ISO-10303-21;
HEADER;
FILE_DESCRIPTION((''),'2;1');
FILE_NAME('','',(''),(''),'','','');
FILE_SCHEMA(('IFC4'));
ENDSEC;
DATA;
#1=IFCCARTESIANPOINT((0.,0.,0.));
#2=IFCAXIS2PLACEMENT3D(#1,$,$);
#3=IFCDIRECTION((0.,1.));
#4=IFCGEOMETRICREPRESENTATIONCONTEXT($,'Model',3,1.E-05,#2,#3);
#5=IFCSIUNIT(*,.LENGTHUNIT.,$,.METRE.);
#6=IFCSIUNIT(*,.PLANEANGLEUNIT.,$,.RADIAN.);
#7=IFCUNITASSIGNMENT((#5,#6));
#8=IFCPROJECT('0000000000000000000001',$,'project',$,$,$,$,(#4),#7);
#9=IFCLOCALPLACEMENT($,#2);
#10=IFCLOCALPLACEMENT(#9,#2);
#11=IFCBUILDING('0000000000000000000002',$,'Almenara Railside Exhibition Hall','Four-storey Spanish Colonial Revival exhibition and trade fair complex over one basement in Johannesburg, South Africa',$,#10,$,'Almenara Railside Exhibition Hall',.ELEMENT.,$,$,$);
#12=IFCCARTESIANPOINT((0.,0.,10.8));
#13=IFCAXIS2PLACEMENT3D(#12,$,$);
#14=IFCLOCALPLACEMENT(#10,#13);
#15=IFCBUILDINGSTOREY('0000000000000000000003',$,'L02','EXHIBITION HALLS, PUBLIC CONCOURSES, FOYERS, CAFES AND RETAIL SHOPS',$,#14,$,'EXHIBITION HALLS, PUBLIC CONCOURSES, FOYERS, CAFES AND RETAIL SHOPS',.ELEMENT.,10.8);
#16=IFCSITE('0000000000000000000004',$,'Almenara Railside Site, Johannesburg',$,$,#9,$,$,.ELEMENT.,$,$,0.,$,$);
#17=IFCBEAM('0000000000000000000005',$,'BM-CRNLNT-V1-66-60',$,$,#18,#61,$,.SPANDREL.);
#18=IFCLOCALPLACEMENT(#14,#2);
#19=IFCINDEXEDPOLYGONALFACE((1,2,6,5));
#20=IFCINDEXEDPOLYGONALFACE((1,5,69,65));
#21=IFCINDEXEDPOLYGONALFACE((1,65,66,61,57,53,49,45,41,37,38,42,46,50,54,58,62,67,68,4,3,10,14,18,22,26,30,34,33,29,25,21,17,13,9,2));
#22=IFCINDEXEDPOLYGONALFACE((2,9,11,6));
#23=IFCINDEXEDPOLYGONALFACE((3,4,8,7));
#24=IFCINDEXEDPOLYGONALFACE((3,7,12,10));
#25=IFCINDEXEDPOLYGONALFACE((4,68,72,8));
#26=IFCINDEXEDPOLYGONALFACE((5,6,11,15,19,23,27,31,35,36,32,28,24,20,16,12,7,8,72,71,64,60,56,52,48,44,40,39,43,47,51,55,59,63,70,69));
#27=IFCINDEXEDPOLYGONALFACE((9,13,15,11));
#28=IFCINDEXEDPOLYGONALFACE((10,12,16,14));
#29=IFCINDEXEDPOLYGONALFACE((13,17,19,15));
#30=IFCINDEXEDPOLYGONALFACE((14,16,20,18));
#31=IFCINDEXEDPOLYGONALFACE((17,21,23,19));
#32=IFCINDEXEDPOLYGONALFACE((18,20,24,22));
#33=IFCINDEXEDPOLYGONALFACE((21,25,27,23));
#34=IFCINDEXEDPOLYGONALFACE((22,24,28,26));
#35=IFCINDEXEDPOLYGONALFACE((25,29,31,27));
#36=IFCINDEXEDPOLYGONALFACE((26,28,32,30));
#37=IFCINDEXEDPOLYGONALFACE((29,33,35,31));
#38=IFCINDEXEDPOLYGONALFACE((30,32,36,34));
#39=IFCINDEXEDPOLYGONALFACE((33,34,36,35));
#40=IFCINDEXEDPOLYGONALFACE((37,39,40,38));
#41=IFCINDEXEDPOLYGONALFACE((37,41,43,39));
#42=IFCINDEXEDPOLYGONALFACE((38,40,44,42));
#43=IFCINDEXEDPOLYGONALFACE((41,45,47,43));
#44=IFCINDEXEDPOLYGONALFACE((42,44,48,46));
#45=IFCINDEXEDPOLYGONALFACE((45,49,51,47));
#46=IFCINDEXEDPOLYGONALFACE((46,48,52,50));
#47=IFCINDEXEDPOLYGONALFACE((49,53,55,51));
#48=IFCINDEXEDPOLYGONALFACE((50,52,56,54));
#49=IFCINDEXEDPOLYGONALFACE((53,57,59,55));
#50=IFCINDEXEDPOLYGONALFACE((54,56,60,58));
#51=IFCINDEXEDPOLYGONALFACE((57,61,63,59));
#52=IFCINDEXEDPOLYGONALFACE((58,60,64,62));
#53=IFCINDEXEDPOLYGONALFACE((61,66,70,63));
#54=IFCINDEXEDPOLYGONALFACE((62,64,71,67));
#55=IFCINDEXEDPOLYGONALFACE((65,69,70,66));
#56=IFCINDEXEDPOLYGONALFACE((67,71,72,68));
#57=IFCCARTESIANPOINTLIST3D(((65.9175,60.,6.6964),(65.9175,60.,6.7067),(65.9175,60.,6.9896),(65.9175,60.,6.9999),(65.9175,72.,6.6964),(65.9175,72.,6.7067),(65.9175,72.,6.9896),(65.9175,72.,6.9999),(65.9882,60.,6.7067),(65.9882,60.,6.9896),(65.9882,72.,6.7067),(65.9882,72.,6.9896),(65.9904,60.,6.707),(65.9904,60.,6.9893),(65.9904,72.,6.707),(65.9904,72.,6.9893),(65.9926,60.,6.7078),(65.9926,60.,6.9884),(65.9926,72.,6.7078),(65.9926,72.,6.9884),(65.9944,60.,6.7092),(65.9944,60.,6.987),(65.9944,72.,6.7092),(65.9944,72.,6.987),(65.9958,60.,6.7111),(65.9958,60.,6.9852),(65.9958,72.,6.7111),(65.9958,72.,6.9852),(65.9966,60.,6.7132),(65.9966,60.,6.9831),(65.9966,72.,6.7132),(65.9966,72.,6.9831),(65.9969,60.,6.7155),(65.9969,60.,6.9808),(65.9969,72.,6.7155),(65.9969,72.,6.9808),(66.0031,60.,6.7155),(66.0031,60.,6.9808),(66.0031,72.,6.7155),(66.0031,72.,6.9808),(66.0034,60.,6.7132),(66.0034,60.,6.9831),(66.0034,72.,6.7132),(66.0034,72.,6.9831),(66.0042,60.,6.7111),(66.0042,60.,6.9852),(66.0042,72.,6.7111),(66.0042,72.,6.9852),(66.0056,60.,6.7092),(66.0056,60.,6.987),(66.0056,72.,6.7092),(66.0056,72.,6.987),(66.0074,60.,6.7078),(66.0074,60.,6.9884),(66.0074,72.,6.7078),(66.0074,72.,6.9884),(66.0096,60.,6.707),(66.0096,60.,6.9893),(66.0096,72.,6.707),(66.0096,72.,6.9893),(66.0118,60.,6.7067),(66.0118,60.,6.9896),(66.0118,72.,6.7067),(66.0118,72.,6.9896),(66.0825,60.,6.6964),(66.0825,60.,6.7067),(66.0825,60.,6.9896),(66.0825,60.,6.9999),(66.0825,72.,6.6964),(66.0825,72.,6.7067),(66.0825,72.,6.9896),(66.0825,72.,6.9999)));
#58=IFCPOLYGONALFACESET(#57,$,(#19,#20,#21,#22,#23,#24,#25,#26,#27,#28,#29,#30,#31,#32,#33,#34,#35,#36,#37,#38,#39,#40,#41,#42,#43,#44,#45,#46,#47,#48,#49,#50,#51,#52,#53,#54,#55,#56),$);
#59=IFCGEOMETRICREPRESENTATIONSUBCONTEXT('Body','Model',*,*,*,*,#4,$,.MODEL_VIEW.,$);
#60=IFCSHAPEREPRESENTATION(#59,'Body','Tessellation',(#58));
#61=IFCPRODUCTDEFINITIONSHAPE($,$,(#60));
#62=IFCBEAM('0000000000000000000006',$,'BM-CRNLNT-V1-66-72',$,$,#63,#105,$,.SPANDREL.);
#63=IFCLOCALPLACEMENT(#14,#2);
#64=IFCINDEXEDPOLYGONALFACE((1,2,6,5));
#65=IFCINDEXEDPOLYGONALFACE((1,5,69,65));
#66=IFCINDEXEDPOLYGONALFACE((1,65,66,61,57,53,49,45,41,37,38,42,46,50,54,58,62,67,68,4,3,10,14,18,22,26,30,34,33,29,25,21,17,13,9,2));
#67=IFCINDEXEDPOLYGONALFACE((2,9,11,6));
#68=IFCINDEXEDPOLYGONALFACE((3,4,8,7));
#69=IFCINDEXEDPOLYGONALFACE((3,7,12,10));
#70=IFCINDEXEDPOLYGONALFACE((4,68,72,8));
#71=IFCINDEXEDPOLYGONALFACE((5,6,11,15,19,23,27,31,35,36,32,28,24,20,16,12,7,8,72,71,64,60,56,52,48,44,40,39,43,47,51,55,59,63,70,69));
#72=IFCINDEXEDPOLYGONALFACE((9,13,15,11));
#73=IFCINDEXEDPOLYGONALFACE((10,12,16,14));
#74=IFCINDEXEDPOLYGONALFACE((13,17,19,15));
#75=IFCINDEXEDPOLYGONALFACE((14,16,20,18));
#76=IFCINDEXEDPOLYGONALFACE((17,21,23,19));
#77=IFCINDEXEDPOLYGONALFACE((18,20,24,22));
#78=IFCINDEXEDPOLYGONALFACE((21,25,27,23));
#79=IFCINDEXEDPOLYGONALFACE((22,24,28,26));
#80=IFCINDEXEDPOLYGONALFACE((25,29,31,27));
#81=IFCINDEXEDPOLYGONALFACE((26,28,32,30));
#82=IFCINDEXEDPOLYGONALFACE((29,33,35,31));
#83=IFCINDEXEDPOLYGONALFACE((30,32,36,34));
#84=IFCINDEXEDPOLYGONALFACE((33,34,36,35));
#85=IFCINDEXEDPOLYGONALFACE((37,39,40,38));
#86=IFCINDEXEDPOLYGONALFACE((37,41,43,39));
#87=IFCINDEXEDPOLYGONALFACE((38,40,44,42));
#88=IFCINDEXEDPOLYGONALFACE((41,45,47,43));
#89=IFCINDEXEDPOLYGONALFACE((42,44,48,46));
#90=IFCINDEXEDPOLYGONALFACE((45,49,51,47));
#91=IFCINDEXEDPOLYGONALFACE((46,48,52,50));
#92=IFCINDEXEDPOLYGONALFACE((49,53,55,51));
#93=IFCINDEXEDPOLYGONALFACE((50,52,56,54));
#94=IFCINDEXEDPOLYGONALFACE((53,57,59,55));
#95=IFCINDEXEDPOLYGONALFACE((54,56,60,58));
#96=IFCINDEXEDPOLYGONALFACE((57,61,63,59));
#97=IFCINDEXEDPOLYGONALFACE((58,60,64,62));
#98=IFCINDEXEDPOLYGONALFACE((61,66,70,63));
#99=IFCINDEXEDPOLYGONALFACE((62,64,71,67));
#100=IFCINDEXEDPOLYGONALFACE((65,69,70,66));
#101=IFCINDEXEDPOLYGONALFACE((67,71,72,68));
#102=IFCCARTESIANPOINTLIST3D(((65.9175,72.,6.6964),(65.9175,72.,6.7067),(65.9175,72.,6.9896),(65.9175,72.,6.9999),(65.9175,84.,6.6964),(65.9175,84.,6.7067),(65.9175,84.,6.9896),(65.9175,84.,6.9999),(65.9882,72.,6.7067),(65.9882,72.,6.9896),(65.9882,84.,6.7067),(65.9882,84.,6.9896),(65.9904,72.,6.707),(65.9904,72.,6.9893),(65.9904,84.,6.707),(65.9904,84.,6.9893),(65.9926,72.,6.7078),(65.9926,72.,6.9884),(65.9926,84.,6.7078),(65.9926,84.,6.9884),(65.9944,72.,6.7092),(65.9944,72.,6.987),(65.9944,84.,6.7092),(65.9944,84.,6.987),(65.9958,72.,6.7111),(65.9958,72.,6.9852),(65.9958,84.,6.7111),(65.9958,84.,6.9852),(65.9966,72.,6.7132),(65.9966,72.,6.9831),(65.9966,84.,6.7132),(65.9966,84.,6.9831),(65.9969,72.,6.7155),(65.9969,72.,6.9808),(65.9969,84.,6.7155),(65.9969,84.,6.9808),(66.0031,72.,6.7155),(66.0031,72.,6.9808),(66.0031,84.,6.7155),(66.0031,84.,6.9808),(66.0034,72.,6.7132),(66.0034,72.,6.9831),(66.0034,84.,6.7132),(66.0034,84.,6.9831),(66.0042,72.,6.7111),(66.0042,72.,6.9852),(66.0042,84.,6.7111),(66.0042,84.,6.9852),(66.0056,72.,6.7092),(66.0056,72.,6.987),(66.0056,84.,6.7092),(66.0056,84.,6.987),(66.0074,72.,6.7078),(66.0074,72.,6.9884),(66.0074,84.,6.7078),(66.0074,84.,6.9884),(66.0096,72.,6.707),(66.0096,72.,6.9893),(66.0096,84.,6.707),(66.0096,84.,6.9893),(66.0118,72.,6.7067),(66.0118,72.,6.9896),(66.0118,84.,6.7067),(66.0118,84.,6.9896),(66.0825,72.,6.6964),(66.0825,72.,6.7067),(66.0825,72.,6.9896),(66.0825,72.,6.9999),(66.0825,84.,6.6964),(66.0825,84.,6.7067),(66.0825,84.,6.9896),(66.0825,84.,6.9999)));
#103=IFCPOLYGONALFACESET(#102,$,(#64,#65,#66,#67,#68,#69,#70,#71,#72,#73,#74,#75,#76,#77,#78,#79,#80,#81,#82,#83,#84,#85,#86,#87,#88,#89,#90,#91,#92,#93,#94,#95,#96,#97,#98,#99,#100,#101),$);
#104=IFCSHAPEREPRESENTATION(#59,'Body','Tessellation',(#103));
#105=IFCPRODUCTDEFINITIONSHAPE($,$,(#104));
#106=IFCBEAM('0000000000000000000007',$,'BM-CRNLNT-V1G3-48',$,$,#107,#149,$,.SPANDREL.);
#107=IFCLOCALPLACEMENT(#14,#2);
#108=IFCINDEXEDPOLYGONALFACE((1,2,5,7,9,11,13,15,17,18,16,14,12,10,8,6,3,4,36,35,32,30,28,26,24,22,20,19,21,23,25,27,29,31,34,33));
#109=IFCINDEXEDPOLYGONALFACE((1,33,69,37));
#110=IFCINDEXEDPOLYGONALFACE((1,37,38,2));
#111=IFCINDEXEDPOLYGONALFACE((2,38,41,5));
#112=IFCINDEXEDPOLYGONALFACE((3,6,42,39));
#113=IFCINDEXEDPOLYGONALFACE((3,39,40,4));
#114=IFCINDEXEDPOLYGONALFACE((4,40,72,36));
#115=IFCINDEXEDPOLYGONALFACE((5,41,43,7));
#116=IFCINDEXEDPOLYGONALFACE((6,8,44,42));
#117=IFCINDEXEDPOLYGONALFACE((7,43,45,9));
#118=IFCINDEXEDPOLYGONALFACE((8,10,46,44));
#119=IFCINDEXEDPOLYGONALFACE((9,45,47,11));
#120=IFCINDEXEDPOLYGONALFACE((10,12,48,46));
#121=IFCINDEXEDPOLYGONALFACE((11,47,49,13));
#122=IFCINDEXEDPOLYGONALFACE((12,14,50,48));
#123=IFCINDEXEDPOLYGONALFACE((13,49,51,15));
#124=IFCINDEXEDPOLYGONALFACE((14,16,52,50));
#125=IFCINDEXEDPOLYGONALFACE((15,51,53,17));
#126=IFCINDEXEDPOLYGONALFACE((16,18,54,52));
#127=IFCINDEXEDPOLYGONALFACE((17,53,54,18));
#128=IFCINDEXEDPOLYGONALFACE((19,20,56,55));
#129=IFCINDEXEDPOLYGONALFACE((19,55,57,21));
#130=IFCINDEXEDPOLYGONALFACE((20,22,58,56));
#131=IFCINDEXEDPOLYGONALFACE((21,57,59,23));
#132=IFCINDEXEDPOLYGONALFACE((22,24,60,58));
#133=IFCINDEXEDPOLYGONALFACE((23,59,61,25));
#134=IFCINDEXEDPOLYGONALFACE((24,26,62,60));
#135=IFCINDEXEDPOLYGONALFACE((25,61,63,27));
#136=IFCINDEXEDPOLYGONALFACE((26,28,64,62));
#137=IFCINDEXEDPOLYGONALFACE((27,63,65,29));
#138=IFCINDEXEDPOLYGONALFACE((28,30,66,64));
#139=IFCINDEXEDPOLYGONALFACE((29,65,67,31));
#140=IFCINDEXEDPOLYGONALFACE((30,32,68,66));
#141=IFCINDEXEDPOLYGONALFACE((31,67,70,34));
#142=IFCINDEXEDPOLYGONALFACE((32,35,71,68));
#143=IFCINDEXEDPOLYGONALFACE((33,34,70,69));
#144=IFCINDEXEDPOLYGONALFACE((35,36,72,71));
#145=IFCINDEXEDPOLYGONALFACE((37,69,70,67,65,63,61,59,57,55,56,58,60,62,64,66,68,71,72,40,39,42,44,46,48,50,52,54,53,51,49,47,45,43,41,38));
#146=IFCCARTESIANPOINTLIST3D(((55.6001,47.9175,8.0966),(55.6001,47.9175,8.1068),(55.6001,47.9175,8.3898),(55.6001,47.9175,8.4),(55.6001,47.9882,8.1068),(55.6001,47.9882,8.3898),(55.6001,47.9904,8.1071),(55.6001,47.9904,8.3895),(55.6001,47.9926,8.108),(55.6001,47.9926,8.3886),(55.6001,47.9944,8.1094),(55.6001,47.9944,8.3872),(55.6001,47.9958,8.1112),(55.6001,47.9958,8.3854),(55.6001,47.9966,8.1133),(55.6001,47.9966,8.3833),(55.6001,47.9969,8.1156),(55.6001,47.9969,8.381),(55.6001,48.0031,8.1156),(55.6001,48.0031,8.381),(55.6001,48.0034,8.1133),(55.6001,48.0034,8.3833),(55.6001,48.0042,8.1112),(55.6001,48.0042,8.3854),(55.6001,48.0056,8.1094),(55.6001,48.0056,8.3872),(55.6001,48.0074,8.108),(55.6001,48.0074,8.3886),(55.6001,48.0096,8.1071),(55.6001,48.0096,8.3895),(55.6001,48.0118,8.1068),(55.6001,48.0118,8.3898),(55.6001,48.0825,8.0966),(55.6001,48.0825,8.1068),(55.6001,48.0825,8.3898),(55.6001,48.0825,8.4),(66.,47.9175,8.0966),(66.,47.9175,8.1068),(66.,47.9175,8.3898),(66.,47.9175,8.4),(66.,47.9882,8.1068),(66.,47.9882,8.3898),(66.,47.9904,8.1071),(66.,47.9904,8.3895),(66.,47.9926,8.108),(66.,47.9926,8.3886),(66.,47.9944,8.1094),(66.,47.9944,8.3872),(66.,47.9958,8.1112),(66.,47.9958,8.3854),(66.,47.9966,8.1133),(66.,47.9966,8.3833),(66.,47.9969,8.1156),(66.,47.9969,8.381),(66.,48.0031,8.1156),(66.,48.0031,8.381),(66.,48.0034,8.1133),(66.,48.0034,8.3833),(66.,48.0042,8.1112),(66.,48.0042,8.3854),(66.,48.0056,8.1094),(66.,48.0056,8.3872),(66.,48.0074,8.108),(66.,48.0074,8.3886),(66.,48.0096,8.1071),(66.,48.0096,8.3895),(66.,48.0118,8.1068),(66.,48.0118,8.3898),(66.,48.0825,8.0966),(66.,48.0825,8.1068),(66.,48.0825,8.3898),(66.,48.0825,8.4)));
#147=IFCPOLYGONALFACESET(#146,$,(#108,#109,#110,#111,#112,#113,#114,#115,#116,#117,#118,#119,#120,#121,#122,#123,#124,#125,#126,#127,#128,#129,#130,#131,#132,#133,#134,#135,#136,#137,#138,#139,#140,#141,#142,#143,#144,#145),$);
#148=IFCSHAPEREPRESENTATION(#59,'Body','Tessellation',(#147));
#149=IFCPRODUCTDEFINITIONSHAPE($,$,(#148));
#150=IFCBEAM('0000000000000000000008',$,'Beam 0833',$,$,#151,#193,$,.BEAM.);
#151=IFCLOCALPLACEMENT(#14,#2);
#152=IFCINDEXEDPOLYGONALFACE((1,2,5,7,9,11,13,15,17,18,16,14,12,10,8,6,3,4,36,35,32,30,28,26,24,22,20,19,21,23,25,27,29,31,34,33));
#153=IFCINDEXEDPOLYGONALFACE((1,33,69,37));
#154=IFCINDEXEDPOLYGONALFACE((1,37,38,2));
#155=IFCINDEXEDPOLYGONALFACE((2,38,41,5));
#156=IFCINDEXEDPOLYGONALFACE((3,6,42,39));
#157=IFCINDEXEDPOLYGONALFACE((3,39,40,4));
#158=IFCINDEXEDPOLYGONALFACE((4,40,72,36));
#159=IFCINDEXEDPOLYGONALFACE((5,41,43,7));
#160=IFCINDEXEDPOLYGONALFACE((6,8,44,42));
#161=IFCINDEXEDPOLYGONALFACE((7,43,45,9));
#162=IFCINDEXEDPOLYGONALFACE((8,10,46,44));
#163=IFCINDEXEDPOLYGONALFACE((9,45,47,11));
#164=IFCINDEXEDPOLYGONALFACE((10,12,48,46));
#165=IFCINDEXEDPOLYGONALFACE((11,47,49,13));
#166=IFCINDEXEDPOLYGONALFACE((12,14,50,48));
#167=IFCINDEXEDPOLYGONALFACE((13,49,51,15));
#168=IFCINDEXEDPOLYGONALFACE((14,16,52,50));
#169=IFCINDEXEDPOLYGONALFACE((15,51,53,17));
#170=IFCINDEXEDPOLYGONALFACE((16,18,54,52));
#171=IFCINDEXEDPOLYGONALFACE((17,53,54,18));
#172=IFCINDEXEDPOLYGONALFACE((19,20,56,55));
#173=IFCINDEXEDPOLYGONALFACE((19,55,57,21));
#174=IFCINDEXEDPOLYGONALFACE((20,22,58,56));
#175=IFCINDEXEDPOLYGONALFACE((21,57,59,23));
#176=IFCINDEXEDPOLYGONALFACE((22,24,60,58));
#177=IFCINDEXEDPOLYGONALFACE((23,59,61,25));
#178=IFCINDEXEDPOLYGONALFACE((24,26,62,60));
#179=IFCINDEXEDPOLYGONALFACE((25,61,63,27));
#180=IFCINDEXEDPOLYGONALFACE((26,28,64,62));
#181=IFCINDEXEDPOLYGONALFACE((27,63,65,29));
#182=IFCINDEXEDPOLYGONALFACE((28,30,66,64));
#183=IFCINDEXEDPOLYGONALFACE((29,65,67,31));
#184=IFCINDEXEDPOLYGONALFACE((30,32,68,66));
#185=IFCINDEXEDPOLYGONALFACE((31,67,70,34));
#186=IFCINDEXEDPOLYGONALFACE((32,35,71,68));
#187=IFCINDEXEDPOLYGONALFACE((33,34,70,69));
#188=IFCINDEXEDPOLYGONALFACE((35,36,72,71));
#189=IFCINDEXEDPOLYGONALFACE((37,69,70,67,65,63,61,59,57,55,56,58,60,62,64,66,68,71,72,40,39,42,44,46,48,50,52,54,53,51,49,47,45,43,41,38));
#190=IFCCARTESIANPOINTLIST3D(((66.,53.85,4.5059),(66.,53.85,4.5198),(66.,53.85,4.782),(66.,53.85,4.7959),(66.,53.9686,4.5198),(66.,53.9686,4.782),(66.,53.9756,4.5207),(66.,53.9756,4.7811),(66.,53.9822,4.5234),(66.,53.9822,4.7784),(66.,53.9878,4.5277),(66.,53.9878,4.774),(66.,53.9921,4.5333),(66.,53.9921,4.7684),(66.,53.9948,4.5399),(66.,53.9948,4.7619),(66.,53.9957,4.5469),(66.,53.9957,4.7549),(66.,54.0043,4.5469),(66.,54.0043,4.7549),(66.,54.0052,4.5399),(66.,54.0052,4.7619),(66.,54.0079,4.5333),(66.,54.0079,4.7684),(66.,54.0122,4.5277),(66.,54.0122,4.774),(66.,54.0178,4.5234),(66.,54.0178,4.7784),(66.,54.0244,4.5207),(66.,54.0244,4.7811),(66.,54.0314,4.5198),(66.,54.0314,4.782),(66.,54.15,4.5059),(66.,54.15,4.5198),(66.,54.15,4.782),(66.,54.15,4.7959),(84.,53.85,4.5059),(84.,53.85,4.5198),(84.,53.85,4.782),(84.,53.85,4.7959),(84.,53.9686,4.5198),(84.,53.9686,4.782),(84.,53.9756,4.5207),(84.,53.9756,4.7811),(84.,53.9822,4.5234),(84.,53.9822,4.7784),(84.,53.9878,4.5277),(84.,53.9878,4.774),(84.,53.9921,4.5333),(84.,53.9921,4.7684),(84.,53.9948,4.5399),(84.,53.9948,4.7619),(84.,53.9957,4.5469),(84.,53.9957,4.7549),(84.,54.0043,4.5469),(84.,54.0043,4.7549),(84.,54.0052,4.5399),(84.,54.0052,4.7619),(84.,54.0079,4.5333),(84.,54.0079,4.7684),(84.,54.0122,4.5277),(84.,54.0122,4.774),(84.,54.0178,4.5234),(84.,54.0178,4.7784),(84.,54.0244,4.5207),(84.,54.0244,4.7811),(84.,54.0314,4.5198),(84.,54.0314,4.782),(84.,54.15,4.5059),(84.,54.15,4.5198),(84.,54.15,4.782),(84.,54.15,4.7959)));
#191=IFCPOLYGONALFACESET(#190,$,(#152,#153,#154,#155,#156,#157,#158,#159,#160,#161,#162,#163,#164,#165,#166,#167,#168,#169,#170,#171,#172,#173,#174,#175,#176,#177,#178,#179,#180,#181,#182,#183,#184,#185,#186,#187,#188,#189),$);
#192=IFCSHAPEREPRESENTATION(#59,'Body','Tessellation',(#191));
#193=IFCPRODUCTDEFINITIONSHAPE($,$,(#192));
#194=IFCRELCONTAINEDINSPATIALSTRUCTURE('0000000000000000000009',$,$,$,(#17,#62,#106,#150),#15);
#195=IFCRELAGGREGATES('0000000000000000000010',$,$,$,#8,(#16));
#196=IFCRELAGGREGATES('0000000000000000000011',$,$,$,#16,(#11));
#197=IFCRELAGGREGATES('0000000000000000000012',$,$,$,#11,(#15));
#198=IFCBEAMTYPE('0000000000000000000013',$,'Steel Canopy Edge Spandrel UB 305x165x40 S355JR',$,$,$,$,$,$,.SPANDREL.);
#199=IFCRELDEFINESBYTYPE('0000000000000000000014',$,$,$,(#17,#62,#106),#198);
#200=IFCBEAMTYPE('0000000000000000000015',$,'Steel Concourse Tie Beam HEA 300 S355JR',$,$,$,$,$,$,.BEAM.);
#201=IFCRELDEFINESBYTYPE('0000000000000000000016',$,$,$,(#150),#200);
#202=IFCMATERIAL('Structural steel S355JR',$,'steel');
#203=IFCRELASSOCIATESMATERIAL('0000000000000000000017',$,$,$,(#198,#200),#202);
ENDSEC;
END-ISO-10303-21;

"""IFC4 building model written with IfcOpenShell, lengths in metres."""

from ifc_helpers import new_model, si_unit, direction, frame, origin, origin_2d, place, context, subcontext, project, spatial, i_section, extrude, material, material_profile, profile_set, type_object, element, save


model = new_model("IFC4")

# Units and contexts
model_context = context("Model", 3, precision=1e-05, world=origin(), true_north=direction((0.0, 1.0)))
body_context = subcontext(model_context, "Body", "Model", "MODEL_VIEW")
ifc_project = project(units=[si_unit("LENGTHUNIT", "METRE"), si_unit("PLANEANGLEUNIT", "RADIAN")], contexts=[model_context])

# Site, building, storey
site_placement = place(None, origin())
site = spatial("IfcSite", under=ifc_project, at=site_placement, Name="Almenara Railside Site, Johannesburg", CompositionType="ELEMENT", RefElevation=0.0)
building_placement = place(site_placement, origin())
building = spatial("IfcBuilding", under=site, at=building_placement, Name="Almenara Railside Exhibition Hall", Description="Four-storey Spanish Colonial Revival exhibition and trade fair complex over one basement in Johannesburg, South Africa", LongName="Almenara Railside Exhibition Hall", CompositionType="ELEMENT")
storey_placement = place(building_placement, frame((0.0, 0.0, 10.8)))
storey = spatial("IfcBuildingStorey", under=building, at=storey_placement, Name="L02", Description="EXHIBITION HALLS, PUBLIC CONCOURSES, FOYERS, CAFES AND RETAIL SHOPS", LongName="EXHIBITION HALLS, PUBLIC CONCOURSES, FOYERS, CAFES AND RETAIL SHOPS", CompositionType="ELEMENT", Elevation=10.8)

# Shared definitions
ifc_material_1 = material(Name="Structural steel S355JR", Category="steel")

# Beams
ifc_material_profile_1 = material_profile(ifc_material_1, i_section(OverallWidth=0.165, OverallDepth=0.3035, WebThickness=0.0061, FlangeThickness=0.0103, FilletRadius=0.0088, at=origin_2d()), Name="UB 305x165x40")
ifc_profile_set_1 = profile_set([ifc_material_profile_1], Name="Structural steel S355JR")
beam_type_1 = type_object("IfcBeamType", Name="Steel Canopy Edge Spandrel UB 305x165x40 S355JR", PredefinedType="SPANDREL", material=ifc_profile_set_1)
for number, where, z_axis, x_axis, name in (
    (1, (66.0, 60.0, 6.8481), (0.0, 1.0, 0.0), (-1.0, 0.0, 0.0), "BM-CRNLNT-V1-66-60"),
    (2, (66.0, 72.0, 6.8481), (0.0, 1.0, 0.0), (-1.0, 0.0, 0.0), "BM-CRNLNT-V1-66-72"),
):
    element("IfcBeam", number, at=place(storey_placement, frame(where, z_axis=z_axis, x_axis=x_axis)), inside=storey, type_object=beam_type_1, Name=name, PredefinedType="SPANDREL", context=body_context, shape_type="SweptSolid", body=[
        extrude(i_section(OverallWidth=0.165, OverallDepth=0.3035, WebThickness=0.0061, FlangeThickness=0.0103, FilletRadius=0.0088, at=origin_2d()), origin(), (0.0, 0.0, 1.0), 12.0),
    ])
beam_1_placement = place(storey_placement, frame((55.6001, 48.0, 8.2483), z_axis=(1.0, 0.0, 0.0), x_axis=(0.0, 1.0, 0.0)))
element("IfcBeam", 3, at=beam_1_placement, inside=storey, type_object=beam_type_1, Name="BM-CRNLNT-V1G3-48", PredefinedType="SPANDREL", context=body_context, shape_type="SweptSolid", body=[
    extrude(i_section(OverallWidth=0.165, OverallDepth=0.3035, WebThickness=0.0061, FlangeThickness=0.0103, FilletRadius=0.0088, at=origin_2d()), origin(), (0.0, 0.0, 1.0), 10.3999),
])
ifc_material_profile_2 = material_profile(ifc_material_1, i_section(OverallWidth=0.3, OverallDepth=0.29, WebThickness=0.0085, FlangeThickness=0.0139, FilletRadius=0.0271, at=origin_2d()), Name="HEA 300")
ifc_profile_set_2 = profile_set([ifc_material_profile_2], Name="Structural steel S355JR")
beam_type_2 = type_object("IfcBeamType", Name="Steel Concourse Tie Beam HEA 300 S355JR", PredefinedType="BEAM", material=ifc_profile_set_2)
beam_2_placement = place(storey_placement, frame((66.0, 54.0, 4.6509), z_axis=(1.0, 0.0, 0.0), x_axis=(0.0, 1.0, 0.0)))
element("IfcBeam", 4, at=beam_2_placement, inside=storey, type_object=beam_type_2, Name="Beam 0833", PredefinedType="BEAM", context=body_context, shape_type="SweptSolid", body=[
    extrude(i_section(OverallWidth=0.3, OverallDepth=0.29, WebThickness=0.0085, FlangeThickness=0.0139, FilletRadius=0.0271, at=origin_2d()), origin(), (0.0, 0.0, 1.0), 18.0),
])

save(model, "model.ifc")
